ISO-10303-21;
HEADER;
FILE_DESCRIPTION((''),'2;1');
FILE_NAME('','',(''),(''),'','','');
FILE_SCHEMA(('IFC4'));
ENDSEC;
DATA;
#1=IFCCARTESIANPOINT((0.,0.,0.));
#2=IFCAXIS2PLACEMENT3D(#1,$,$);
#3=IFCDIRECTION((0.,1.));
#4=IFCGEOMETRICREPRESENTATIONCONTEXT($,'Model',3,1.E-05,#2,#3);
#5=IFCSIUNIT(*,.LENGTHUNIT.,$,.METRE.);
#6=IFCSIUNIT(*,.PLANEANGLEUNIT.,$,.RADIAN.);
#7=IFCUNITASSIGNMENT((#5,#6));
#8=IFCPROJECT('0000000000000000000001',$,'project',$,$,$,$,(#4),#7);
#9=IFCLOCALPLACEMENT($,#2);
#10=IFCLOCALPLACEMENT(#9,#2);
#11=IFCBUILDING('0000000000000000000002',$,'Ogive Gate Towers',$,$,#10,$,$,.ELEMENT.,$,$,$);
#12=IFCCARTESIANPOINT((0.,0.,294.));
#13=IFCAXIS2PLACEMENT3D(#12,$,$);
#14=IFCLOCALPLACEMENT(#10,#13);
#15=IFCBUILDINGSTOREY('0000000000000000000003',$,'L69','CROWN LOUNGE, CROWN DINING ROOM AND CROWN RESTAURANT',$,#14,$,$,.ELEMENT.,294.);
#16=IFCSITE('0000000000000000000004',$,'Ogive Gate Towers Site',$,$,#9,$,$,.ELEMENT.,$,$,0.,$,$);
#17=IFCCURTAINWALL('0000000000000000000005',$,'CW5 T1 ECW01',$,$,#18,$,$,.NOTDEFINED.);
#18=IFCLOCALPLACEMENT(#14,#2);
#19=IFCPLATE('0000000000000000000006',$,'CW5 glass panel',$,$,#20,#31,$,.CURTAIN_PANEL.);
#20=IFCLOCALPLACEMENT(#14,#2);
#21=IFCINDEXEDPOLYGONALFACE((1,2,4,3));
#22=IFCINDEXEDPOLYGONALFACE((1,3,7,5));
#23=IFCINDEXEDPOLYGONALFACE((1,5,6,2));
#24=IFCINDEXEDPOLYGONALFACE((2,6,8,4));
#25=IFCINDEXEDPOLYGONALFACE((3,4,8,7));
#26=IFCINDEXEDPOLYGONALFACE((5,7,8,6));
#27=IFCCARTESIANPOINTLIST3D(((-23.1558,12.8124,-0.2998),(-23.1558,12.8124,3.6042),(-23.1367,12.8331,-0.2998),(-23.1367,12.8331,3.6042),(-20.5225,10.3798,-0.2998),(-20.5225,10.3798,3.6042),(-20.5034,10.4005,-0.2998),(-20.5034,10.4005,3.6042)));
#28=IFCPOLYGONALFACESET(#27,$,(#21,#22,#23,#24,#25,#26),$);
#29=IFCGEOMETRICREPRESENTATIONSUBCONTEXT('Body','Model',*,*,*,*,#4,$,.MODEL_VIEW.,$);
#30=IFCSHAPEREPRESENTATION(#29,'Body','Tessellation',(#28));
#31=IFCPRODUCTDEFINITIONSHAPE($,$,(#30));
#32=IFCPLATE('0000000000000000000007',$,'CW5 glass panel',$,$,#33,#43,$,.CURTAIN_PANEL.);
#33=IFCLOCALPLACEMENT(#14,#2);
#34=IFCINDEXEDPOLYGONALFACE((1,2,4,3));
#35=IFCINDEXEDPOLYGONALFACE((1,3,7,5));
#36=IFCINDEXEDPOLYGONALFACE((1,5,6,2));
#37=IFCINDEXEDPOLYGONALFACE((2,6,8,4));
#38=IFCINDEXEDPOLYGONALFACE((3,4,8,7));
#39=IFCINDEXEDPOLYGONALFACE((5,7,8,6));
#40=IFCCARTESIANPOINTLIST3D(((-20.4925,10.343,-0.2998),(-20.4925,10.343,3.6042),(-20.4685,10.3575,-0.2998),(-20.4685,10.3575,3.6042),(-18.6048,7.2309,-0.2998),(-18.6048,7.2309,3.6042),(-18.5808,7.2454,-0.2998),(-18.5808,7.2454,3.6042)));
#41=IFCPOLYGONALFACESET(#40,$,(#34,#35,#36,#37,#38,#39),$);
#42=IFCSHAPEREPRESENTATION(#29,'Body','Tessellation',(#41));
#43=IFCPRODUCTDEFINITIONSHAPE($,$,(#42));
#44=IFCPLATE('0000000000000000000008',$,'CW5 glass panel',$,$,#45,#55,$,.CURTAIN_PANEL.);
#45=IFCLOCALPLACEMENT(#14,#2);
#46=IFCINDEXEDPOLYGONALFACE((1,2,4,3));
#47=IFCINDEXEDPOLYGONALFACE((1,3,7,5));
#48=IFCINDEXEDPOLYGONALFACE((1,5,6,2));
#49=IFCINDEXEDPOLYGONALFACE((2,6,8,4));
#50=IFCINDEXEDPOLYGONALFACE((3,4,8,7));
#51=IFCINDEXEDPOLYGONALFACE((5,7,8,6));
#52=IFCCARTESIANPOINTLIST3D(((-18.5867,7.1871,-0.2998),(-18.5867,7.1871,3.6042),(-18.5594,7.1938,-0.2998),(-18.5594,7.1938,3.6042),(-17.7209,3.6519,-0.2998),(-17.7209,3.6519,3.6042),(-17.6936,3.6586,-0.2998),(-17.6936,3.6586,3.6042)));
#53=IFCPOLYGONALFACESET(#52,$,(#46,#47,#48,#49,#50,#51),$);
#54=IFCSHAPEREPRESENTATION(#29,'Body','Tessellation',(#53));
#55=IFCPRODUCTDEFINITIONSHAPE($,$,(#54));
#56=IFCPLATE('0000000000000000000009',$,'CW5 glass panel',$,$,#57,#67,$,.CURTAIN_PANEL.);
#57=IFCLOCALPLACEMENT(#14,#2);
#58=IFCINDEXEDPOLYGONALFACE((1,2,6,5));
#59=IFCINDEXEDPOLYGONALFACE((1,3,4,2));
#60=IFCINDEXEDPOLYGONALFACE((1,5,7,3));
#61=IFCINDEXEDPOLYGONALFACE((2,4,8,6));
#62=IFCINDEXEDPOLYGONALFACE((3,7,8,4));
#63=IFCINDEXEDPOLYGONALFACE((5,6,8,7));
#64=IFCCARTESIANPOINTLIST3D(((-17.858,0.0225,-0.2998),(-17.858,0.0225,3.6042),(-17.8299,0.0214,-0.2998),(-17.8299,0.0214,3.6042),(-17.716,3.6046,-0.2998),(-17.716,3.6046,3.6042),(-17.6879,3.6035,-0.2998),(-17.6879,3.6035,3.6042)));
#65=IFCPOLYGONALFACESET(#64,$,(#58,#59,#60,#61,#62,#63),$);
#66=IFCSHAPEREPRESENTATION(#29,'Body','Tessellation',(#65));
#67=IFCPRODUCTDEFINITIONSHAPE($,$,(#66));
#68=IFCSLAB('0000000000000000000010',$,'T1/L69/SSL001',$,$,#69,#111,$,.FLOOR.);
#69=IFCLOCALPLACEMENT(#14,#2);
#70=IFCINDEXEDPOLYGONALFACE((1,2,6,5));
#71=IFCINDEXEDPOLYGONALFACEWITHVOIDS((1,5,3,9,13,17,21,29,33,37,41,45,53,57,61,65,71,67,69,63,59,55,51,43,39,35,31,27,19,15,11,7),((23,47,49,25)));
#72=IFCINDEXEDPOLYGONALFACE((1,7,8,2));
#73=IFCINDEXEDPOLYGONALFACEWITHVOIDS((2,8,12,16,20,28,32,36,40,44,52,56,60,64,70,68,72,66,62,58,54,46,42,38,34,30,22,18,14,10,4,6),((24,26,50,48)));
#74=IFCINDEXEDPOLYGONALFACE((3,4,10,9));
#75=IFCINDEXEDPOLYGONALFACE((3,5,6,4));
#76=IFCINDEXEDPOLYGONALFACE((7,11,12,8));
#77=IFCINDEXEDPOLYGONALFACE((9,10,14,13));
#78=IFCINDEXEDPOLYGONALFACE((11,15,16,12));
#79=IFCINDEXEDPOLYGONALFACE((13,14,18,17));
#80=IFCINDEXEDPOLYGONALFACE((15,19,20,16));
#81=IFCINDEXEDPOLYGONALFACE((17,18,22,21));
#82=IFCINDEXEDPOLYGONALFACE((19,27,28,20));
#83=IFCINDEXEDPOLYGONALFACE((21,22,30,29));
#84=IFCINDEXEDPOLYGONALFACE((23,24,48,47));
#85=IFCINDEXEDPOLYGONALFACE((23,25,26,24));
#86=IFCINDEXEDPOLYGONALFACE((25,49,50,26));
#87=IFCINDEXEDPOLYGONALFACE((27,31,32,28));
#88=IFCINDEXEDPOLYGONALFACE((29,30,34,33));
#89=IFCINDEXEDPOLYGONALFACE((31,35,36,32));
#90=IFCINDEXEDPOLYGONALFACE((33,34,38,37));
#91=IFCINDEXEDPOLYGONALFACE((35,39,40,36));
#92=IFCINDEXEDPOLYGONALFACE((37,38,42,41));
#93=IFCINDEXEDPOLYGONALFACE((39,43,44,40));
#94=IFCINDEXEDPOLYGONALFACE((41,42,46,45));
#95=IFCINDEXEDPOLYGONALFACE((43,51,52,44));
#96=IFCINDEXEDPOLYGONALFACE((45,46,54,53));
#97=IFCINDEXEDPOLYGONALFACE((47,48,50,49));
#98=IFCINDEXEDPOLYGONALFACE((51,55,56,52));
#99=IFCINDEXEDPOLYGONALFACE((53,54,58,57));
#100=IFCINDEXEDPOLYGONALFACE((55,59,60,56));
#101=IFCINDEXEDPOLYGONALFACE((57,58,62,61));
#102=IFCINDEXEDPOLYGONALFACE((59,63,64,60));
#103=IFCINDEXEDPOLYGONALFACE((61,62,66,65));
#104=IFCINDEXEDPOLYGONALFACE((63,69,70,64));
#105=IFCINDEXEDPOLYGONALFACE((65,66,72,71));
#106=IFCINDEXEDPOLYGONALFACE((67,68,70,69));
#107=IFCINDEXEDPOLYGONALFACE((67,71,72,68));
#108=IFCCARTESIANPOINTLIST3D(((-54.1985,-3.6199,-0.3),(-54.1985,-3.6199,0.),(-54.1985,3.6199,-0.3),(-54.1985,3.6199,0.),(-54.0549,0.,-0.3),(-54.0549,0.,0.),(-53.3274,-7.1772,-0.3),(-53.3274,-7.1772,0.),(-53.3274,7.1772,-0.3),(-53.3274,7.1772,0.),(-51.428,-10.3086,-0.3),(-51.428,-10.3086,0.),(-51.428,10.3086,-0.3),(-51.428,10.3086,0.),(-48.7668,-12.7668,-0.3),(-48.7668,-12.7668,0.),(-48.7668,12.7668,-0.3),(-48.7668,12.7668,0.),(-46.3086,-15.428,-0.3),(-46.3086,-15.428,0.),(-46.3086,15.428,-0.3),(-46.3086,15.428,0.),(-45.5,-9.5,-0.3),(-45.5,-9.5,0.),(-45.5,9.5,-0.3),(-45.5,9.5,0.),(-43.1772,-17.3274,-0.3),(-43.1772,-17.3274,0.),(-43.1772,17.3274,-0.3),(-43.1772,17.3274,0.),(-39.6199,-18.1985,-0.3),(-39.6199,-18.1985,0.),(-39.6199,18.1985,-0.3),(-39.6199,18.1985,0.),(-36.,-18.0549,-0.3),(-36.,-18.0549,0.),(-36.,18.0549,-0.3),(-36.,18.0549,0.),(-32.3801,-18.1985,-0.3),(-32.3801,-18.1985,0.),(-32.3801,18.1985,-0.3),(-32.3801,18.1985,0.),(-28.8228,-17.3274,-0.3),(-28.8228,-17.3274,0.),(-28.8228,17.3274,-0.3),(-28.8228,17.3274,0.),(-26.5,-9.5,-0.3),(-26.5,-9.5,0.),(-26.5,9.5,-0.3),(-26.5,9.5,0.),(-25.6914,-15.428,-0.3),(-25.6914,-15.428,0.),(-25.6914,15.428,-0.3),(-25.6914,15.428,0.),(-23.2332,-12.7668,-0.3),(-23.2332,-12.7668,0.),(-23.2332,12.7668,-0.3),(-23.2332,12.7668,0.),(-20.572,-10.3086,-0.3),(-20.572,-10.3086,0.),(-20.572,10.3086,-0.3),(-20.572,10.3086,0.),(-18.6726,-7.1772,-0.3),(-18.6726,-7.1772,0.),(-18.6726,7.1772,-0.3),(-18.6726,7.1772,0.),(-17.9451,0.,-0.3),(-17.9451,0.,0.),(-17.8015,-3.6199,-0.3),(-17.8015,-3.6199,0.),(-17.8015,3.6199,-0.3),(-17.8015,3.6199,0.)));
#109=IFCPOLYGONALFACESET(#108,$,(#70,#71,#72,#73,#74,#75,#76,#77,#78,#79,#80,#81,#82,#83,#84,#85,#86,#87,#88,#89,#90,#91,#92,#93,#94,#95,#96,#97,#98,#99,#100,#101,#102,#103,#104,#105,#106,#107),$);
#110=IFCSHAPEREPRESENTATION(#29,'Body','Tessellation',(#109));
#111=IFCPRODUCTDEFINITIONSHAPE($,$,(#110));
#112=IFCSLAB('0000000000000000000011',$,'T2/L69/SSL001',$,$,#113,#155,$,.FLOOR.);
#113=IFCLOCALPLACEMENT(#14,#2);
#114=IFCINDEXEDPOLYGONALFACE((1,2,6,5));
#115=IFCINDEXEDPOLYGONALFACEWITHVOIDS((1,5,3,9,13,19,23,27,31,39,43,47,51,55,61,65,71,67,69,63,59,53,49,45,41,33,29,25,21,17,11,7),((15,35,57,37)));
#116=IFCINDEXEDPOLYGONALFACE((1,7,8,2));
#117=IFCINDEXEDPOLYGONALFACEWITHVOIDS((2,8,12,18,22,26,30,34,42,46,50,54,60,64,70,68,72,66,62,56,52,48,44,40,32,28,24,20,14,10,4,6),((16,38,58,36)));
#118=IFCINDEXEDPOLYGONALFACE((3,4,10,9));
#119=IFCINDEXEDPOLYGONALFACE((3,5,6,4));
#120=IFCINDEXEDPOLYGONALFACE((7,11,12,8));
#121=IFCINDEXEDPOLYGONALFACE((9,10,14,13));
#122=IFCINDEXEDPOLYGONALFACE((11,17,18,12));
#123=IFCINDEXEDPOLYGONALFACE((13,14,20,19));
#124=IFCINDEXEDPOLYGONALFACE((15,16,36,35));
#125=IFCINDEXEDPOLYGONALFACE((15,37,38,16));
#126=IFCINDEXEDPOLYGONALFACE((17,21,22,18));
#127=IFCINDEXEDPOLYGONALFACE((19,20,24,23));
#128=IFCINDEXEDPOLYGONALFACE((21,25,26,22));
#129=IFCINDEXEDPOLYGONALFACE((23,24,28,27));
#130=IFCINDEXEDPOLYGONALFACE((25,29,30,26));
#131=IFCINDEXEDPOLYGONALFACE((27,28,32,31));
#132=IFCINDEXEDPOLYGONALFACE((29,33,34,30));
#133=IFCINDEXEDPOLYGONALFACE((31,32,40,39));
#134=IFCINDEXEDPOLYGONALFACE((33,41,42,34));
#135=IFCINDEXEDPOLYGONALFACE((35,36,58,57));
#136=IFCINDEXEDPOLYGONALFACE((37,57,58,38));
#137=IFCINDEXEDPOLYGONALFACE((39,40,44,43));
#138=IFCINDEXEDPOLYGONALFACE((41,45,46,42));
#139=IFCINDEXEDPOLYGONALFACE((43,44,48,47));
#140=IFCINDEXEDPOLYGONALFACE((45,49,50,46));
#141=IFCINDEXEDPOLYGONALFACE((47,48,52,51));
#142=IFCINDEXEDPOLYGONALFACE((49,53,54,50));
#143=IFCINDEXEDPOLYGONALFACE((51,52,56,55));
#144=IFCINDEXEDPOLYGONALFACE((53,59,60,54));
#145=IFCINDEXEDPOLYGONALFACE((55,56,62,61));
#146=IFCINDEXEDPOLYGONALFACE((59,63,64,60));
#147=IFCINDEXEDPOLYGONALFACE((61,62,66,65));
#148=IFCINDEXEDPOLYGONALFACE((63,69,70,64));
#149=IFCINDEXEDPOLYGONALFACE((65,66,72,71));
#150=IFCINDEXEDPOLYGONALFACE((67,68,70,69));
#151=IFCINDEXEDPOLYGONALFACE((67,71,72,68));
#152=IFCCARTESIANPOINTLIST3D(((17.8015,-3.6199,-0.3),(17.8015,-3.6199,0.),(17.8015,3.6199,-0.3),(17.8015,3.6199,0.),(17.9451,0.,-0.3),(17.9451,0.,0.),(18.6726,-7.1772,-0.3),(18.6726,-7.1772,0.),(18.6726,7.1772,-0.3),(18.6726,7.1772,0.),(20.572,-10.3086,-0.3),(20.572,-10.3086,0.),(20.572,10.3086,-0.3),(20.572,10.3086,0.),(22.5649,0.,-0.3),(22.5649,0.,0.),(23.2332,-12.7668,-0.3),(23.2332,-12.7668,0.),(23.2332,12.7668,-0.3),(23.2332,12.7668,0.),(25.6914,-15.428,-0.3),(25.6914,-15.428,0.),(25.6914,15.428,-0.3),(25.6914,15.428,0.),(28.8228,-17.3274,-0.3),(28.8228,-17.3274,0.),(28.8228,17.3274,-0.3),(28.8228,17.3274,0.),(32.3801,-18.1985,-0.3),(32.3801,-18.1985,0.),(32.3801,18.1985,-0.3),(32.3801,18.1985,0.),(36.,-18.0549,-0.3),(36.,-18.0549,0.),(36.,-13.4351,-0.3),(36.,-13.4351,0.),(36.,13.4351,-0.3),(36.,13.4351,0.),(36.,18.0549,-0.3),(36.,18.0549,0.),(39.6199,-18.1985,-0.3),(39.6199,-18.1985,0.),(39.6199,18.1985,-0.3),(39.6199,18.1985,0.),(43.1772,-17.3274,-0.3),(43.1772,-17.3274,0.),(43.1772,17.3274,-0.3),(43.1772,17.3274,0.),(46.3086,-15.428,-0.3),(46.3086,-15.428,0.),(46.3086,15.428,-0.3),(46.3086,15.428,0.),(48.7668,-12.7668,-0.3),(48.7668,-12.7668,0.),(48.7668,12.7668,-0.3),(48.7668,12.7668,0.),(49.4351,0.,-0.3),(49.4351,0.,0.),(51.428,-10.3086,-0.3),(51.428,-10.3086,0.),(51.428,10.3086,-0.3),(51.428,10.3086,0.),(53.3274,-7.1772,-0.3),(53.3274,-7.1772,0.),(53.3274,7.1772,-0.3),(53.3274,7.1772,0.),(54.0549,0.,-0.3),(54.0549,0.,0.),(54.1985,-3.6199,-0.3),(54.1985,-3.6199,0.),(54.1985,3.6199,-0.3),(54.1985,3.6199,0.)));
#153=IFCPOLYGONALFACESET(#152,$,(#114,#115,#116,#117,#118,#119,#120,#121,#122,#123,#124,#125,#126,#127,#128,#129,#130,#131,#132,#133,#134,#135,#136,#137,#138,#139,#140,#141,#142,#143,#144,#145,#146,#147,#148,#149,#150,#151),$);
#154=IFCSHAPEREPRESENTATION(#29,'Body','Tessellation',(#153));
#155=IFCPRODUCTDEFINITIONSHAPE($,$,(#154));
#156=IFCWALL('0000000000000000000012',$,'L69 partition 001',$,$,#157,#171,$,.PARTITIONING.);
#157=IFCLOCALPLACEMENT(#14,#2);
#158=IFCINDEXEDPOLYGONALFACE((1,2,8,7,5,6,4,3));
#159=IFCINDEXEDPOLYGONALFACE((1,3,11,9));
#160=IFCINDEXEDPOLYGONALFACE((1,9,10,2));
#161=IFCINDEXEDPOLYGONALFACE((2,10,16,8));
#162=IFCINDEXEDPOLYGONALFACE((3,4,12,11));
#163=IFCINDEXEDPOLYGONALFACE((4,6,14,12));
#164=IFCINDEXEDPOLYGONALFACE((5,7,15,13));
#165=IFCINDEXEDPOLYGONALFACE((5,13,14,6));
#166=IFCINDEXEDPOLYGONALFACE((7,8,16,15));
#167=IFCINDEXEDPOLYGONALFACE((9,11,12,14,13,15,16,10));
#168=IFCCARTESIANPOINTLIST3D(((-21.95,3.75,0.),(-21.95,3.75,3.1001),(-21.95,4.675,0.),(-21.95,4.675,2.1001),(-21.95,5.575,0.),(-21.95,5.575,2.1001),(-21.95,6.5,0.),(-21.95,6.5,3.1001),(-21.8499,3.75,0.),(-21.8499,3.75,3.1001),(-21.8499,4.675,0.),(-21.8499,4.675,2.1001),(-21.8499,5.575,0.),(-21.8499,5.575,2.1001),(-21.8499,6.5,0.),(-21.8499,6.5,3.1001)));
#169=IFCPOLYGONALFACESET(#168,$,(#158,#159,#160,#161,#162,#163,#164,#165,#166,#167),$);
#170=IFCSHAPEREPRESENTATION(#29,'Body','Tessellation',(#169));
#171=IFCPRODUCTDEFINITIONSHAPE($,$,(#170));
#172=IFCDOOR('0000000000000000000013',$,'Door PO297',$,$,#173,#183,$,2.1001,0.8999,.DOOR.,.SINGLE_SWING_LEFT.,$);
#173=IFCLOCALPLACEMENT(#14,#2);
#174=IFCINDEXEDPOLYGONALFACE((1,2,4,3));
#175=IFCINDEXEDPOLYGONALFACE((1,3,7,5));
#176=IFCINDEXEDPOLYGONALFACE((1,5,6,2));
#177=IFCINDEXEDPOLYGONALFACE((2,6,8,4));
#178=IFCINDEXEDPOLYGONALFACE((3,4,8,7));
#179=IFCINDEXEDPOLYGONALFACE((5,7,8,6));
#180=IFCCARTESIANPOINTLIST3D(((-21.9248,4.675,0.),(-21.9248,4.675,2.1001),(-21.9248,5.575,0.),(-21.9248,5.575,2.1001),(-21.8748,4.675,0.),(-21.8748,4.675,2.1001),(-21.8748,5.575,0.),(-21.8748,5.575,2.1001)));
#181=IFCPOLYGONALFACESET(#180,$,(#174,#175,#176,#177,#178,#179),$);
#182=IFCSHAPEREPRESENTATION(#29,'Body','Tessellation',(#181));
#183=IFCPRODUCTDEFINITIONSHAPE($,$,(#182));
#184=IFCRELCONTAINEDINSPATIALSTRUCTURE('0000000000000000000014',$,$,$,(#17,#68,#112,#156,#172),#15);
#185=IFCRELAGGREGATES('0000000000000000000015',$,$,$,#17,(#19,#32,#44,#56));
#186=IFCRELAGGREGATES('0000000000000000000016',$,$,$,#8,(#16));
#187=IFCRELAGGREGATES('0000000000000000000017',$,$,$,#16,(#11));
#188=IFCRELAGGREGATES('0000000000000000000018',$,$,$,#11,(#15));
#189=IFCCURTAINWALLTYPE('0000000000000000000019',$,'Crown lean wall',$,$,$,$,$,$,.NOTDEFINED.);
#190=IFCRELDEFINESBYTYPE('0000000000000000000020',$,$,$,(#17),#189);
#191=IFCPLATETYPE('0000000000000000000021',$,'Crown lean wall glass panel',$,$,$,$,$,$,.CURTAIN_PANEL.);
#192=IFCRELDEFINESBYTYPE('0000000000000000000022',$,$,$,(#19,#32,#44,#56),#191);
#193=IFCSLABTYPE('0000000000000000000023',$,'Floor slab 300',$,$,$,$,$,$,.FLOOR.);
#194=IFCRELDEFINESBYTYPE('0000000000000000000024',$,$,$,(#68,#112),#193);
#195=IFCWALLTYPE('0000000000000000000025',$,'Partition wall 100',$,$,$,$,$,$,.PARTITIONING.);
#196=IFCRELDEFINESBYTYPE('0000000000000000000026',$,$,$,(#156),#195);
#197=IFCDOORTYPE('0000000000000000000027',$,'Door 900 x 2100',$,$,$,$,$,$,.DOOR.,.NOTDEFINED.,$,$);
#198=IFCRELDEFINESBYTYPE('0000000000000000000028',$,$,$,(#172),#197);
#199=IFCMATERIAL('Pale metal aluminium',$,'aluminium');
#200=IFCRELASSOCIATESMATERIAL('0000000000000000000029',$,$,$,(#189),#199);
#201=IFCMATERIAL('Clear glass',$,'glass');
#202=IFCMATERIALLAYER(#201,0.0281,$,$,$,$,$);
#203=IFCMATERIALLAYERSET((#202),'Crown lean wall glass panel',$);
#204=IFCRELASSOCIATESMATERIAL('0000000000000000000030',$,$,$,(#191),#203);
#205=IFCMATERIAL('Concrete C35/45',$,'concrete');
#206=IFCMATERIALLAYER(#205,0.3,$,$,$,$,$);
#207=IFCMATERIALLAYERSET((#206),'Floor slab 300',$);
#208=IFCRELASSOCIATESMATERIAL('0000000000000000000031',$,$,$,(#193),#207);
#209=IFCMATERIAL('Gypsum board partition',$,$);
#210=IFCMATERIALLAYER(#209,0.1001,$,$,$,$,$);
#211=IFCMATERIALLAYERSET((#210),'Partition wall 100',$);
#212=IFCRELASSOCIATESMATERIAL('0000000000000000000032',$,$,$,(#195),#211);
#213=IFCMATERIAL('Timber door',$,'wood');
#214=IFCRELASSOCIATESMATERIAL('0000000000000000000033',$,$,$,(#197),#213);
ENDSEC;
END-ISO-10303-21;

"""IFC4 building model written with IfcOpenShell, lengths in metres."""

from ifc_helpers import new_model, si_unit, direction, frame, frame_2d, origin, origin_2d, place, context, subcontext, project, spatial, polyline, rectangle, outline, extrude, material, layer, layer_set, type_object, element, fill, aggregate, save


model = new_model("IFC4")

# Units and contexts
model_context = context("Model", 3, precision=1e-05, world=origin(), true_north=direction((0.0, 1.0)))
body_context = subcontext(model_context, "Body", "Model", "MODEL_VIEW")
ifc_project = project(units=[si_unit("LENGTHUNIT", "METRE"), si_unit("PLANEANGLEUNIT", "RADIAN")], contexts=[model_context])

# Site, building, storey
site_placement = place(None, origin())
site = spatial("IfcSite", under=ifc_project, at=site_placement, Name="Ogive Gate Towers Site", CompositionType="ELEMENT", RefElevation=0.0)
building_placement = place(site_placement, origin())
building = spatial("IfcBuilding", under=site, at=building_placement, Name="Ogive Gate Towers", CompositionType="ELEMENT")
storey_placement = place(building_placement, frame((0.0, 0.0, 294.0)))
storey = spatial("IfcBuildingStorey", under=building, at=storey_placement, Name="L69", Description="CROWN LOUNGE, CROWN DINING ROOM AND CROWN RESTAURANT", CompositionType="ELEMENT", Elevation=294.0)

# Curtain wall
ifc_material_1 = material(Name="Pale metal aluminium", Category="aluminium")
curtain_wall_type = type_object("IfcCurtainWallType", Name="Crown lean wall", PredefinedType="NOTDEFINED", material=ifc_material_1)
curtain_wall_placement = place(storey_placement, origin())
curtain_wall = element("IfcCurtainWall", 1, at=curtain_wall_placement, inside=storey, type_object=curtain_wall_type, Name="CW5 T1 ECW01", PredefinedType="NOTDEFINED")

# Plates
ifc_material_2 = material(Name="Clear glass", Category="glass")
ifc_layer_1 = layer(ifc_material_2, 0.0281)
ifc_layer_set_1 = layer_set([ifc_layer_1], Name="Crown lean wall glass panel")
plate_type = type_object("IfcPlateType", Name="Crown lean wall glass panel", PredefinedType="CURTAIN_PANEL", material=ifc_layer_set_1)
plate_1_placement = place(storey_placement, frame((-21.8296, 11.6064, -0.2998), z_axis=(0.0, 0.0, 1.0), x_axis=(0.734548, -0.678557, 0.0)))
plate_1 = element("IfcPlate", 2, at=plate_1_placement, type_object=plate_type, Name="CW5 glass panel", PredefinedType="CURTAIN_PANEL", context=body_context, shape_type="SweptSolid", body=[
    extrude(rectangle(XDim=3.585, YDim=0.0281, at=origin_2d()), origin(), (0.0, 0.0, 1.0), 3.9041),
])
plate_2_placement = place(storey_placement, frame((-19.5366, 8.7942, -0.2998), z_axis=(0.0, 0.0, 1.0), x_axis=(0.518624, -0.855002, 0.0)))
plate_2 = element("IfcPlate", 3, at=plate_2_placement, type_object=plate_type, Name="CW5 glass panel", PredefinedType="CURTAIN_PANEL", context=body_context, shape_type="SweptSolid", body=[
    extrude(rectangle(XDim=3.6399, YDim=0.0281, at=origin_2d()), origin(), (0.0, 0.0, 1.0), 3.9041),
])
plate_3_placement = place(storey_placement, frame((-18.1401, 5.4229, -0.2998), z_axis=(0.0, 0.0, 1.0), x_axis=(0.237872, -0.971296, 0.0)))
plate_3 = element("IfcPlate", 4, at=plate_3_placement, type_object=plate_type, Name="CW5 glass panel", PredefinedType="CURTAIN_PANEL", context=body_context, shape_type="SweptSolid", body=[
    extrude(rectangle(XDim=3.6396, YDim=0.0281, at=origin_2d()), origin(), (0.0, 0.0, 1.0), 3.9041),
])
plate_4_placement = place(storey_placement, frame((-17.7729, 1.813, -0.2998), z_axis=(0.0, 0.0, 1.0), x_axis=(-0.039609, -0.999215, 0.0)))
plate_4 = element("IfcPlate", 5, at=plate_4_placement, type_object=plate_type, Name="CW5 glass panel", PredefinedType="CURTAIN_PANEL", context=body_context, shape_type="SweptSolid", body=[
    extrude(rectangle(XDim=3.585, YDim=0.0281, at=origin_2d()), origin(), (0.0, 0.0, 1.0), 3.9041),
])
aggregate(curtain_wall, [plate_1, plate_2, plate_3, plate_4])

# Slabs
ifc_material_3 = material(Name="Concrete C35/45", Category="concrete")
ifc_layer_2 = layer(ifc_material_3, 0.3)
ifc_layer_set_2 = layer_set([ifc_layer_2], Name="Floor slab 300")
slab_type = type_object("IfcSlabType", Name="Floor slab 300", PredefinedType="FLOOR", material=ifc_layer_set_2)
slab_1_placement = place(storey_placement, frame((0.0, 0.0, -0.3)))
element("IfcSlab", 6, at=slab_1_placement, inside=storey, type_object=slab_type, Name="T1/L69/SSL001", PredefinedType="FLOOR", context=body_context, shape_type="SweptSolid", body=[
    extrude(outline(polyline([(-18.6726, -7.1772), (-17.8015, -3.6199), (-17.9451, 0.0), (-17.8015, 3.6199), (-18.6726, 7.1772), (-20.572, 10.3086), (-23.2332, 12.7668), (-25.6914, 15.428), (-28.8228, 17.3274), (-32.3801, 18.1985), (-36.0, 18.0549), (-39.6199, 18.1985), (-43.1772, 17.3274), (-46.3086, 15.428), (-48.7668, 12.7668), (-51.428, 10.3086), (-53.3274, 7.1772), (-54.1985, 3.6199), (-54.0549, 0.0), (-54.1985, -3.6199), (-53.3274, -7.1772), (-51.428, -10.3086), (-48.7668, -12.7668), (-46.3086, -15.428), (-43.1772, -17.3274), (-39.6199, -18.1985), (-36.0, -18.0549), (-32.3801, -18.1985), (-28.8228, -17.3274), (-25.6914, -15.428), (-23.2332, -12.7668), (-20.572, -10.3086), (-18.6726, -7.1772)]), holes=[polyline([(-26.5, -9.5), (-45.5, -9.5), (-45.5, 9.5), (-26.5, 9.5), (-26.5, -9.5)])]), origin(), (0.0, 0.0, 1.0), 0.3),
])
slab_2_placement = place(storey_placement, frame((0.0, 0.0, -0.3)))
element("IfcSlab", 7, at=slab_2_placement, inside=storey, type_object=slab_type, Name="T2/L69/SSL001", PredefinedType="FLOOR", context=body_context, shape_type="SweptSolid", body=[
    extrude(outline(polyline([(53.3274, -7.1772), (54.1985, -3.6199), (54.0549, 0.0), (54.1985, 3.6199), (53.3274, 7.1772), (51.428, 10.3086), (48.7668, 12.7668), (46.3086, 15.428), (43.1772, 17.3274), (39.6199, 18.1985), (36.0, 18.0549), (32.3801, 18.1985), (28.8228, 17.3274), (25.6914, 15.428), (23.2332, 12.7668), (20.572, 10.3086), (18.6726, 7.1772), (17.8015, 3.6199), (17.9451, 0.0), (17.8015, -3.6199), (18.6726, -7.1772), (20.572, -10.3086), (23.2332, -12.7668), (25.6914, -15.428), (28.8228, -17.3274), (32.3801, -18.1985), (36.0, -18.0549), (39.6199, -18.1985), (43.1772, -17.3274), (46.3086, -15.428), (48.7668, -12.7668), (51.428, -10.3086), (53.3274, -7.1772)]), holes=[polyline([(49.4351, 0.0), (36.0, -13.4351), (22.5649, 0.0), (36.0, 13.4351), (49.4351, 0.0)])]), origin(), (0.0, 0.0, 1.0), 0.3),
])

# Wall, opening, door
ifc_material_4 = material(Name="Gypsum board partition")
ifc_layer_3 = layer(ifc_material_4, 0.1001)
ifc_layer_set_3 = layer_set([ifc_layer_3], Name="Partition wall 100")
wall_type = type_object("IfcWallType", Name="Partition wall 100", PredefinedType="PARTITIONING", material=ifc_layer_set_3)
wall_1_placement = place(storey_placement, frame((-21.8999, 3.75, 0.0), z_axis=(0.0, 0.0, 1.0), x_axis=(0.0, 1.0, 0.0)))
wall_1 = element("IfcWall", 8, at=wall_1_placement, inside=storey, type_object=wall_type, Name="L69 partition 001", PredefinedType="PARTITIONING", context=body_context, shape_type="SweptSolid", body=[
    extrude(rectangle(XDim=2.75, YDim=0.1001, at=frame_2d((1.375, 0.0))), origin(), (0.0, 0.0, 1.0), 3.1001),
])
opening_1_placement = place(wall_1_placement, frame((0.925, 0.0, 0.0)))
opening_1 = element("IfcOpeningElement", 9, at=opening_1_placement, cuts=wall_1, PredefinedType="OPENING", context=body_context, shape_type="SweptSolid", body=[
    extrude(rectangle(XDim=0.8999, YDim=2.1001, at=frame_2d((0.45, 1.05))), frame((0.0, 0.0601, 0.0), z_axis=(0.0, -1.0, 0.0), x_axis=(1.0, 0.0, 0.0)), (0.0, 0.0, 1.0), 0.1201),
])
ifc_material_5 = material(Name="Timber door", Category="wood")
door_type_1 = type_object("IfcDoorType", Name="Door 900 x 2100", OperationType="NOTDEFINED", PredefinedType="DOOR", material=ifc_material_5)
door_1_placement = place(opening_1_placement, origin())
door_1 = element("IfcDoor", 10, at=door_1_placement, inside=storey, type_object=door_type_1, Name="Door PO297", OperationType="SINGLE_SWING_LEFT", OverallHeight=2.1001, OverallWidth=0.8999, PredefinedType="DOOR", context=body_context, shape_type="SweptSolid", body=[
    extrude(rectangle(XDim=0.8999, YDim=2.1001, at=frame_2d((0.45, 1.05))), frame((0.0, 0.0249, 0.0), z_axis=(0.0, -1.0, 0.0), x_axis=(1.0, 0.0, 0.0)), (0.0, 0.0, 1.0), 0.05),
])
fill(opening_1, door_1)

save(model, "model.ifc")
